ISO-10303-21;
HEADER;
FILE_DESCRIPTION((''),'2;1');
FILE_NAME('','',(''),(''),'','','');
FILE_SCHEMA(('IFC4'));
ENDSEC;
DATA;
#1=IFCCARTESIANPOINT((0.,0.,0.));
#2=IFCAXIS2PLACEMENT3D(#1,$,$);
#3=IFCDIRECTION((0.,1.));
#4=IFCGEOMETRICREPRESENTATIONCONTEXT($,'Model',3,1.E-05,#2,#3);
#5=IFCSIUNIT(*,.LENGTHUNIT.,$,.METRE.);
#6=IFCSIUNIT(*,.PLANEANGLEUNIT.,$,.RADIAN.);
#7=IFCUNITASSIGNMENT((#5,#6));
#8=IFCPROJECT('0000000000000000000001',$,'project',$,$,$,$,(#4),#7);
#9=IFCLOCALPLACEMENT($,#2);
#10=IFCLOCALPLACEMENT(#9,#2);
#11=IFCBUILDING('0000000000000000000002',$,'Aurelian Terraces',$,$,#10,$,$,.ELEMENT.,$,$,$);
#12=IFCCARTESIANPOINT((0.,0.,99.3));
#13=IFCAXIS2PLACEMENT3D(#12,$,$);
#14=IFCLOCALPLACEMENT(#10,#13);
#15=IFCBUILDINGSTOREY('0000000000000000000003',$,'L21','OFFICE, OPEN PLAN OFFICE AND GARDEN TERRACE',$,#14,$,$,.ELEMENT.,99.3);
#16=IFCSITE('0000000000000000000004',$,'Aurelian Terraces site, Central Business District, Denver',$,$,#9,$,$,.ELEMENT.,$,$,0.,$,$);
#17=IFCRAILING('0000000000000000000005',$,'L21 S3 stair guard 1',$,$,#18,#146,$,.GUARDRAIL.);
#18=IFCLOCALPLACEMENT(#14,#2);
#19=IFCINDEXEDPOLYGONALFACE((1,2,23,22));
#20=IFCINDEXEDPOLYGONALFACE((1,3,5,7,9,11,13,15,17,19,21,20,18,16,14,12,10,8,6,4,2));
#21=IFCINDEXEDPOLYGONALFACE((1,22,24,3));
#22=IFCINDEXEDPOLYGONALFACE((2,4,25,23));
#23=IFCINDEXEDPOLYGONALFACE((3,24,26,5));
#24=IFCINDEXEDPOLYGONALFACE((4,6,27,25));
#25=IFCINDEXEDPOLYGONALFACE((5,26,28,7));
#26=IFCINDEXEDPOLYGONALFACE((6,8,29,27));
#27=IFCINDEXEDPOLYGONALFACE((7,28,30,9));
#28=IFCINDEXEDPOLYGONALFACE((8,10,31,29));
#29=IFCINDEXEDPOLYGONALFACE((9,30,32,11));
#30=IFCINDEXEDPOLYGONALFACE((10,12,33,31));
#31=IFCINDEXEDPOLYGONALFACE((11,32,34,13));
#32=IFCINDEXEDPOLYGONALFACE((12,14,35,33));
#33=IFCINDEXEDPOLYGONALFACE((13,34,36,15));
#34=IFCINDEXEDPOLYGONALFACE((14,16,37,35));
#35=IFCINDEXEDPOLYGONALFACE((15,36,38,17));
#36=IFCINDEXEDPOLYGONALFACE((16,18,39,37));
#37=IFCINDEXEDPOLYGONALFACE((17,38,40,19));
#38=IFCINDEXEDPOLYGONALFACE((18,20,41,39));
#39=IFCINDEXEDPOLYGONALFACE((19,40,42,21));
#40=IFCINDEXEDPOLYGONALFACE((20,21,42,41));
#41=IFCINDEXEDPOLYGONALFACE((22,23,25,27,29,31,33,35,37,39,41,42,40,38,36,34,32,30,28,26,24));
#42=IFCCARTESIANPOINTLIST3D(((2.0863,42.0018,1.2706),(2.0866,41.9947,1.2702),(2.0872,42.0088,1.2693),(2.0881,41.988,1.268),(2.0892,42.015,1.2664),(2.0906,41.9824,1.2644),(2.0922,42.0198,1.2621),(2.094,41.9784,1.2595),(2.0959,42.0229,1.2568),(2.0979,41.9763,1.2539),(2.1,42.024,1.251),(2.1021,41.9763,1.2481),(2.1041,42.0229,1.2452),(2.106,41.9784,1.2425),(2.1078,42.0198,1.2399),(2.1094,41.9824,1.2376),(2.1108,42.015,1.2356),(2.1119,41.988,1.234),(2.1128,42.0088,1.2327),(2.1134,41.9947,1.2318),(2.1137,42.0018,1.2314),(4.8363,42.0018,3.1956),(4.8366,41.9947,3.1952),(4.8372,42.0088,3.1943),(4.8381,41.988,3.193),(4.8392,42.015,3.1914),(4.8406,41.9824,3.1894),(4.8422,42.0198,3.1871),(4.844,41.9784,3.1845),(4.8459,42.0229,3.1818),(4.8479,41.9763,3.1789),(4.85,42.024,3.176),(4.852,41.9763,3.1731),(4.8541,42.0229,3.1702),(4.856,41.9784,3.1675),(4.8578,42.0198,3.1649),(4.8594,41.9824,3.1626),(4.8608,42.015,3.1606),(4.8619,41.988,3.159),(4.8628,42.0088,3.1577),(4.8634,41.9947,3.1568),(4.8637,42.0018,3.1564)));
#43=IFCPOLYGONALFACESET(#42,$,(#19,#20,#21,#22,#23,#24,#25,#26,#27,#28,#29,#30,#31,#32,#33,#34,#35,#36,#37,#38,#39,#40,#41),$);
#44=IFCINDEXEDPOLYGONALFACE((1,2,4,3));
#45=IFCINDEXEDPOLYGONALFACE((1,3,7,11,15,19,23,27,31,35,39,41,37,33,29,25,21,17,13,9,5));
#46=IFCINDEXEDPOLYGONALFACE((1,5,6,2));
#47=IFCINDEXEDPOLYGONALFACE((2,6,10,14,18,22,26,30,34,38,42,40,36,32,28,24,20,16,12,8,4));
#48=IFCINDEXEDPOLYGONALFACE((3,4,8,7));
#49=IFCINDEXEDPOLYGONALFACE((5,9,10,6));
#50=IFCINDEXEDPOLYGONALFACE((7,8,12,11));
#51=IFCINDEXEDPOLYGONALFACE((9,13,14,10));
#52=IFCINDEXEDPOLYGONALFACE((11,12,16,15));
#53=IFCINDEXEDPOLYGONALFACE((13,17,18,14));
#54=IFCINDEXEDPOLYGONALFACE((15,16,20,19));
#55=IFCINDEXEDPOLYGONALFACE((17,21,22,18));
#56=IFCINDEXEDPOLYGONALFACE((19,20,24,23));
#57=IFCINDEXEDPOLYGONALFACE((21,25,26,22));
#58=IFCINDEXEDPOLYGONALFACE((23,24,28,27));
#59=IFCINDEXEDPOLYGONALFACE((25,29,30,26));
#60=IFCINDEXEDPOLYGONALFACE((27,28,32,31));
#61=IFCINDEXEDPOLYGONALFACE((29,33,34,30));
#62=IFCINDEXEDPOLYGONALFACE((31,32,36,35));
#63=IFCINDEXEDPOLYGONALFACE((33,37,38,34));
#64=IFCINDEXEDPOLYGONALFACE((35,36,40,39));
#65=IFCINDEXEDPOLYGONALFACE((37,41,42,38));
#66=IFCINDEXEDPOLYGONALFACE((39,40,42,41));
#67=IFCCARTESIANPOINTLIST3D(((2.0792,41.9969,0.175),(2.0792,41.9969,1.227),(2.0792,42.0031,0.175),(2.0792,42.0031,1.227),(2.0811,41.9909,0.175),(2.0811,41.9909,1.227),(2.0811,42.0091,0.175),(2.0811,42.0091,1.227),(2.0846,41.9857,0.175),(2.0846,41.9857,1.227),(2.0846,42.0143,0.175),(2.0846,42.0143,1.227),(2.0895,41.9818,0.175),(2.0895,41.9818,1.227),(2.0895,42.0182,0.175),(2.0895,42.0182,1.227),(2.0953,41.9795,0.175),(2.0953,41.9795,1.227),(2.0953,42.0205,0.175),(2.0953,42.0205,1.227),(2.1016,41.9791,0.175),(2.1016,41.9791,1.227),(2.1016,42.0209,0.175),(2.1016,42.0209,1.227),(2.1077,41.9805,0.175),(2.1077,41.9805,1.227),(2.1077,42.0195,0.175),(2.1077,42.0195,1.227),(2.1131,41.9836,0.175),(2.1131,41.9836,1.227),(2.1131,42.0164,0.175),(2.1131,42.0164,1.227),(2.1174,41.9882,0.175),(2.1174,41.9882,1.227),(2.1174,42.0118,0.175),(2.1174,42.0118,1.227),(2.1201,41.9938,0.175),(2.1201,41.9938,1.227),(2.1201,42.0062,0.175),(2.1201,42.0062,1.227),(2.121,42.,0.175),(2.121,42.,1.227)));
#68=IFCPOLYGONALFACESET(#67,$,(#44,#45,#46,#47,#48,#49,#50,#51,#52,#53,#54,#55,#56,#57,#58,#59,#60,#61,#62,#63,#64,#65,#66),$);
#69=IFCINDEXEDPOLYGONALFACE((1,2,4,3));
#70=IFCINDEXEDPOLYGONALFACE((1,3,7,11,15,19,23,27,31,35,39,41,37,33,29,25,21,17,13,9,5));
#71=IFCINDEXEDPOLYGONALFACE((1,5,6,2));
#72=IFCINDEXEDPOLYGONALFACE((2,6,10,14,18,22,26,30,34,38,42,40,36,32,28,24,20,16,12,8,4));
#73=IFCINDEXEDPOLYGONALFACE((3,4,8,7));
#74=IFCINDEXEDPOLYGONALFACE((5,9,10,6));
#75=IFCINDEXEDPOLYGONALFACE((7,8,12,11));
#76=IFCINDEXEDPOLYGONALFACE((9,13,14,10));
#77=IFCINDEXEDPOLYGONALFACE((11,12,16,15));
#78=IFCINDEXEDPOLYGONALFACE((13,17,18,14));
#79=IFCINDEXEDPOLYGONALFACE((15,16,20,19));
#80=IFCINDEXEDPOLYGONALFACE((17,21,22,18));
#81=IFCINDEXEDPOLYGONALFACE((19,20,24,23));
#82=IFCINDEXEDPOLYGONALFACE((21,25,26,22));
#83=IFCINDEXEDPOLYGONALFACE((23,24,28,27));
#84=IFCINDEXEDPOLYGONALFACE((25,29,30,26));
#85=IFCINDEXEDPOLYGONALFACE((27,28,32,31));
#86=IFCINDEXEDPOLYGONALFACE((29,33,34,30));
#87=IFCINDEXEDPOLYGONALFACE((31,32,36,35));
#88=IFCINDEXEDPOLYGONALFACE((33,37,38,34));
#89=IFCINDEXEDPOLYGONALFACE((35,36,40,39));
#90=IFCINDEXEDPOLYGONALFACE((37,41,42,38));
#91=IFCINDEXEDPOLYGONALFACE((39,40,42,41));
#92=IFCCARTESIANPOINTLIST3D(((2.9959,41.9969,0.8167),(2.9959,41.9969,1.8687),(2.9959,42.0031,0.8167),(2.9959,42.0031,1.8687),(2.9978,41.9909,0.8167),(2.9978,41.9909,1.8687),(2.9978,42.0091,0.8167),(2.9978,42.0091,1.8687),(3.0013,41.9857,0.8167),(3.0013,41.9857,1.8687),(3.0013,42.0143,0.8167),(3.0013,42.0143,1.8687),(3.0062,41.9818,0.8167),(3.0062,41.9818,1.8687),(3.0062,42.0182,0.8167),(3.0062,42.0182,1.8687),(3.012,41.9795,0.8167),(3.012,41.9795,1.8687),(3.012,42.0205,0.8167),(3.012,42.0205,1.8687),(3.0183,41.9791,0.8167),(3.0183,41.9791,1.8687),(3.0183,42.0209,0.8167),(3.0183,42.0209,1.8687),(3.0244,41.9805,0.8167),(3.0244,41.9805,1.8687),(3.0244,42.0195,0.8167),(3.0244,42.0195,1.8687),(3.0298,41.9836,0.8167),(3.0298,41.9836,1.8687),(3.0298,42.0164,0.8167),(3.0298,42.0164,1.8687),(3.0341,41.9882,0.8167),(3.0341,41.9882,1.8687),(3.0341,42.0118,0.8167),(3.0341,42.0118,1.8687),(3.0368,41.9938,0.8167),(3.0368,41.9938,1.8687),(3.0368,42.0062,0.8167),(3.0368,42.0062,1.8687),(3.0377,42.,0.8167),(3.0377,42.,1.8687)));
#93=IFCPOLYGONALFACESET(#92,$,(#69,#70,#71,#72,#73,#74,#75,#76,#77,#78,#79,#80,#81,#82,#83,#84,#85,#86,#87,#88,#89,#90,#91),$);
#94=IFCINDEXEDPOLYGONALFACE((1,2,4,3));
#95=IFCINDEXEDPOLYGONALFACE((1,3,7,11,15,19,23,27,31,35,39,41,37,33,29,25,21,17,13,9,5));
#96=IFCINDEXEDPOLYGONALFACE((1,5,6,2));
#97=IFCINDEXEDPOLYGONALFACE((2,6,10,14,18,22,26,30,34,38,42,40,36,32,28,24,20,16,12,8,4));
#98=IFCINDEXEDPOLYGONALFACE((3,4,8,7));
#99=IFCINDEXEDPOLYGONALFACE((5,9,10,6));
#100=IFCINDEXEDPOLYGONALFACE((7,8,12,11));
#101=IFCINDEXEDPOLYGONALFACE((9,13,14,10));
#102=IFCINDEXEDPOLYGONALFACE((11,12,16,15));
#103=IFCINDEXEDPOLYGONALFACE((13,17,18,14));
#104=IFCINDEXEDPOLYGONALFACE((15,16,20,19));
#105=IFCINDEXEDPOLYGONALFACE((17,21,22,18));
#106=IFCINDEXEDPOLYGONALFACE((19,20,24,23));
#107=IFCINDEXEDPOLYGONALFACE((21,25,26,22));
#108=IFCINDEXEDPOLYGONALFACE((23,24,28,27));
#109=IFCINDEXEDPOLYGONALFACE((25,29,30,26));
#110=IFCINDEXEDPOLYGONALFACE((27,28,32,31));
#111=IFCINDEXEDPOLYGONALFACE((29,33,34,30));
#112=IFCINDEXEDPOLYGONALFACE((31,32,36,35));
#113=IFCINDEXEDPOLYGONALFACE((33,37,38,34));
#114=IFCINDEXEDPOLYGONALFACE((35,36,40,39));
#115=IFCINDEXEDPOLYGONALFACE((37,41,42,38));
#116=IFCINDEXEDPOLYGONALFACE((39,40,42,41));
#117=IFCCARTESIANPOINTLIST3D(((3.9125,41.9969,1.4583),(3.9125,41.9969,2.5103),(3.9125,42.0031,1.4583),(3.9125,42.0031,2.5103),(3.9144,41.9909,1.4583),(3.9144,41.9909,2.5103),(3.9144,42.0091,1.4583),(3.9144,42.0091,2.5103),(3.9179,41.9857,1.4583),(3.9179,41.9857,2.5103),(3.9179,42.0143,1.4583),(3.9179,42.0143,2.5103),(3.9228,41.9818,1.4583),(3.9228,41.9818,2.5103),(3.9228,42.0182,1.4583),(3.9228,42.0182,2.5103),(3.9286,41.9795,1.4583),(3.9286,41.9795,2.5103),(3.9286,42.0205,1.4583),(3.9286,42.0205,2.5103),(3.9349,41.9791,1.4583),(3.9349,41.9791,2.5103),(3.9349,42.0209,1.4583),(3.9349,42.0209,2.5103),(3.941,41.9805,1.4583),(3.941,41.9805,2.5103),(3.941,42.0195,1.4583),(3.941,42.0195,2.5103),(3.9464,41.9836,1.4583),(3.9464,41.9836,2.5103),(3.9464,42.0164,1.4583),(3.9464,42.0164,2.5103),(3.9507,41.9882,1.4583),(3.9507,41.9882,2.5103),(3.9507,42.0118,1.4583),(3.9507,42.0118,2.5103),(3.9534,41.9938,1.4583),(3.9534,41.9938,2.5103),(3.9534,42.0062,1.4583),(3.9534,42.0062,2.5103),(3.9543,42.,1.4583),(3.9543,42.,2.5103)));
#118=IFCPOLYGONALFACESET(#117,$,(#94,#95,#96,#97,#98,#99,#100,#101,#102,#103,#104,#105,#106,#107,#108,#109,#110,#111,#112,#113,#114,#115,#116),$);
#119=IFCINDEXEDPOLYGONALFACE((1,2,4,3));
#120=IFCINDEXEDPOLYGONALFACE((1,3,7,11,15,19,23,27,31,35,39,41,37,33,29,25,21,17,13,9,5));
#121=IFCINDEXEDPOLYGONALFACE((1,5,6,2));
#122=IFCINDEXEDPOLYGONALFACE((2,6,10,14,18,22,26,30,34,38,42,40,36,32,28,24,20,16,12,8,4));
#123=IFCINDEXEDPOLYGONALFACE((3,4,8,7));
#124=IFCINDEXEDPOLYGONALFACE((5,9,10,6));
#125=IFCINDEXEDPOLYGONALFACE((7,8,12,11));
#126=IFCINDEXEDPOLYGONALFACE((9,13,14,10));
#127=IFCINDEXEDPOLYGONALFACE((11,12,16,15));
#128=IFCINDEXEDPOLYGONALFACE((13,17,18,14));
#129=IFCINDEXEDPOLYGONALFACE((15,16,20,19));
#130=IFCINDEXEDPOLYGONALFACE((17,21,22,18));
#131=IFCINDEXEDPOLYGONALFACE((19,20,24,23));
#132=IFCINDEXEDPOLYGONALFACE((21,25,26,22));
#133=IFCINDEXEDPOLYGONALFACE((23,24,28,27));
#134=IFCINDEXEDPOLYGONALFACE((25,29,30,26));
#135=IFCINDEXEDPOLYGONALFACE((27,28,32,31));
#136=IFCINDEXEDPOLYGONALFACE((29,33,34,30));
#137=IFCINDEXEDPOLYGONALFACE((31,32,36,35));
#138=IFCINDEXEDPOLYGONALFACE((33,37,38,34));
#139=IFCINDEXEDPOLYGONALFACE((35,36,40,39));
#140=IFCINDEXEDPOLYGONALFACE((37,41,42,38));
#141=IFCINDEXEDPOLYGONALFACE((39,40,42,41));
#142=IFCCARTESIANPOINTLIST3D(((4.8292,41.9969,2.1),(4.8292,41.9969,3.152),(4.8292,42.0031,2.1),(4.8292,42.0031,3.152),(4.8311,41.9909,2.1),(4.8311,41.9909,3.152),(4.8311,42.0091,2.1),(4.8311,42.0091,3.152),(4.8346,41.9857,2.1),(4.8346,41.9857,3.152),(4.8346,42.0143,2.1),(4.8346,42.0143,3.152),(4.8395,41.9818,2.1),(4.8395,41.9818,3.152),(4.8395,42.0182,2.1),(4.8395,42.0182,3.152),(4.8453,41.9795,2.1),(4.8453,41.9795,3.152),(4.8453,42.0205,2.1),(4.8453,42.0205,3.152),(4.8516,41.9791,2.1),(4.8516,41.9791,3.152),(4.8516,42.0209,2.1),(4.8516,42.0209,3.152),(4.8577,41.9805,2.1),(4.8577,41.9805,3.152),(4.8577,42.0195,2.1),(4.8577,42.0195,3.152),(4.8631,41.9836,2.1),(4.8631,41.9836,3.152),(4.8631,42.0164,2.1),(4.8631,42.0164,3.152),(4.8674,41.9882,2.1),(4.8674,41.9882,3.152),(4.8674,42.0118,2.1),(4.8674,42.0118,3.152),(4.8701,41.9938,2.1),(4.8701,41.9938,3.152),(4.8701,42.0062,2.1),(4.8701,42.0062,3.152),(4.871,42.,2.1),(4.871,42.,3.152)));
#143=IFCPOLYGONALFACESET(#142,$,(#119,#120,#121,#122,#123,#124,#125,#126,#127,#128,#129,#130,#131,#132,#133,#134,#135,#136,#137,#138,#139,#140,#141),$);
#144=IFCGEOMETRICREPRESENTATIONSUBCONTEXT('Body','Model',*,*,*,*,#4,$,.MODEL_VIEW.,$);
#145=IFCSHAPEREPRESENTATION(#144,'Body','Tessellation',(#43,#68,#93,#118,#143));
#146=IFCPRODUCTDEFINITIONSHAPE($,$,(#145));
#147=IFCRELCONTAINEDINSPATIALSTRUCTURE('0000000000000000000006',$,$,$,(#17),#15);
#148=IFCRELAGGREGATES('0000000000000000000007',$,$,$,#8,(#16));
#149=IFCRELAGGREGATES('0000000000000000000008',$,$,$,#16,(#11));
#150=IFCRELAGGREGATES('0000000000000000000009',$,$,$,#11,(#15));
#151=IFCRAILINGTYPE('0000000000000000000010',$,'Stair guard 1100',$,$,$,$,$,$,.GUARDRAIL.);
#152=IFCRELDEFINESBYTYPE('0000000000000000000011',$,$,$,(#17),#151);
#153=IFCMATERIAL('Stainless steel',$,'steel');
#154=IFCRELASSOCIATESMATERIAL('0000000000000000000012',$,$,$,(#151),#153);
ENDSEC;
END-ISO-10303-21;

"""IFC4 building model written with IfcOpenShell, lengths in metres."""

from ifc_helpers import new_model, si_unit, direction, frame, origin, origin_2d, place, context, subcontext, project, spatial, circle, extrude, source, transform, mapped, material, type_object, element, save


model = new_model("IFC4")

# Units and contexts
model_context = context("Model", 3, precision=1e-05, world=origin(), true_north=direction((0.0, 1.0)))
body_context = subcontext(model_context, "Body", "Model", "MODEL_VIEW")
ifc_project = project(units=[si_unit("LENGTHUNIT", "METRE"), si_unit("PLANEANGLEUNIT", "RADIAN")], contexts=[model_context])

# Site, building, storey
site_placement = place(None, origin())
site = spatial("IfcSite", under=ifc_project, at=site_placement, Name="Aurelian Terraces site, Central Business District, Denver", CompositionType="ELEMENT", RefElevation=0.0)
building_placement = place(site_placement, origin())
building = spatial("IfcBuilding", under=site, at=building_placement, Name="Aurelian Terraces", CompositionType="ELEMENT")
storey_placement = place(building_placement, frame((0.0, 0.0, 99.3)))
storey = spatial("IfcBuildingStorey", under=building, at=storey_placement, Name="L21", Description="OFFICE, OPEN PLAN OFFICE AND GARDEN TERRACE", CompositionType="ELEMENT", Elevation=99.3)

# Railing
ifc_material_1 = material(Name="Stainless steel", Category="steel")
railing_type_1 = type_object("IfcRailingType", Name="Stair guard 1100", PredefinedType="GUARDRAIL", material=ifc_material_1)
shared_shape_1 = source(origin(), body_context, "Body", "SweptSolid", [
    extrude(circle(Radius=0.024, at=origin_2d()), frame((0.0, 0.0, 1.076), z_axis=(0.819232, 0.0, 0.573462), x_axis=(0.0, 1.0, 0.0)), (0.0, 0.0, 1.0), 3.3568),
    extrude(circle(Radius=0.021, at=origin_2d()), origin(), (0.0, 0.0, 1.0), 1.052),
    extrude(circle(Radius=0.021, at=origin_2d()), frame((0.9167, 0.0, 0.6417)), (0.0, 0.0, 1.0), 1.052),
    extrude(circle(Radius=0.021, at=origin_2d()), frame((1.8333, 0.0, 1.2833)), (0.0, 0.0, 1.0), 1.052),
    extrude(circle(Radius=0.021, at=origin_2d()), frame((2.75, 0.0, 1.925)), (0.0, 0.0, 1.0), 1.052),
])
railing_1_placement = place(storey_placement, frame((2.1, 42.0, 0.175)))
element("IfcRailing", 1, at=railing_1_placement, inside=storey, type_object=railing_type_1, Name="L21 S3 stair guard 1", PredefinedType="GUARDRAIL", context=body_context, shape_type="MappedRepresentation", body=[
    mapped(shared_shape_1, transform((0.0, 0.0, 0.0), scale=1.0)),
])

save(model, "model.ifc")
